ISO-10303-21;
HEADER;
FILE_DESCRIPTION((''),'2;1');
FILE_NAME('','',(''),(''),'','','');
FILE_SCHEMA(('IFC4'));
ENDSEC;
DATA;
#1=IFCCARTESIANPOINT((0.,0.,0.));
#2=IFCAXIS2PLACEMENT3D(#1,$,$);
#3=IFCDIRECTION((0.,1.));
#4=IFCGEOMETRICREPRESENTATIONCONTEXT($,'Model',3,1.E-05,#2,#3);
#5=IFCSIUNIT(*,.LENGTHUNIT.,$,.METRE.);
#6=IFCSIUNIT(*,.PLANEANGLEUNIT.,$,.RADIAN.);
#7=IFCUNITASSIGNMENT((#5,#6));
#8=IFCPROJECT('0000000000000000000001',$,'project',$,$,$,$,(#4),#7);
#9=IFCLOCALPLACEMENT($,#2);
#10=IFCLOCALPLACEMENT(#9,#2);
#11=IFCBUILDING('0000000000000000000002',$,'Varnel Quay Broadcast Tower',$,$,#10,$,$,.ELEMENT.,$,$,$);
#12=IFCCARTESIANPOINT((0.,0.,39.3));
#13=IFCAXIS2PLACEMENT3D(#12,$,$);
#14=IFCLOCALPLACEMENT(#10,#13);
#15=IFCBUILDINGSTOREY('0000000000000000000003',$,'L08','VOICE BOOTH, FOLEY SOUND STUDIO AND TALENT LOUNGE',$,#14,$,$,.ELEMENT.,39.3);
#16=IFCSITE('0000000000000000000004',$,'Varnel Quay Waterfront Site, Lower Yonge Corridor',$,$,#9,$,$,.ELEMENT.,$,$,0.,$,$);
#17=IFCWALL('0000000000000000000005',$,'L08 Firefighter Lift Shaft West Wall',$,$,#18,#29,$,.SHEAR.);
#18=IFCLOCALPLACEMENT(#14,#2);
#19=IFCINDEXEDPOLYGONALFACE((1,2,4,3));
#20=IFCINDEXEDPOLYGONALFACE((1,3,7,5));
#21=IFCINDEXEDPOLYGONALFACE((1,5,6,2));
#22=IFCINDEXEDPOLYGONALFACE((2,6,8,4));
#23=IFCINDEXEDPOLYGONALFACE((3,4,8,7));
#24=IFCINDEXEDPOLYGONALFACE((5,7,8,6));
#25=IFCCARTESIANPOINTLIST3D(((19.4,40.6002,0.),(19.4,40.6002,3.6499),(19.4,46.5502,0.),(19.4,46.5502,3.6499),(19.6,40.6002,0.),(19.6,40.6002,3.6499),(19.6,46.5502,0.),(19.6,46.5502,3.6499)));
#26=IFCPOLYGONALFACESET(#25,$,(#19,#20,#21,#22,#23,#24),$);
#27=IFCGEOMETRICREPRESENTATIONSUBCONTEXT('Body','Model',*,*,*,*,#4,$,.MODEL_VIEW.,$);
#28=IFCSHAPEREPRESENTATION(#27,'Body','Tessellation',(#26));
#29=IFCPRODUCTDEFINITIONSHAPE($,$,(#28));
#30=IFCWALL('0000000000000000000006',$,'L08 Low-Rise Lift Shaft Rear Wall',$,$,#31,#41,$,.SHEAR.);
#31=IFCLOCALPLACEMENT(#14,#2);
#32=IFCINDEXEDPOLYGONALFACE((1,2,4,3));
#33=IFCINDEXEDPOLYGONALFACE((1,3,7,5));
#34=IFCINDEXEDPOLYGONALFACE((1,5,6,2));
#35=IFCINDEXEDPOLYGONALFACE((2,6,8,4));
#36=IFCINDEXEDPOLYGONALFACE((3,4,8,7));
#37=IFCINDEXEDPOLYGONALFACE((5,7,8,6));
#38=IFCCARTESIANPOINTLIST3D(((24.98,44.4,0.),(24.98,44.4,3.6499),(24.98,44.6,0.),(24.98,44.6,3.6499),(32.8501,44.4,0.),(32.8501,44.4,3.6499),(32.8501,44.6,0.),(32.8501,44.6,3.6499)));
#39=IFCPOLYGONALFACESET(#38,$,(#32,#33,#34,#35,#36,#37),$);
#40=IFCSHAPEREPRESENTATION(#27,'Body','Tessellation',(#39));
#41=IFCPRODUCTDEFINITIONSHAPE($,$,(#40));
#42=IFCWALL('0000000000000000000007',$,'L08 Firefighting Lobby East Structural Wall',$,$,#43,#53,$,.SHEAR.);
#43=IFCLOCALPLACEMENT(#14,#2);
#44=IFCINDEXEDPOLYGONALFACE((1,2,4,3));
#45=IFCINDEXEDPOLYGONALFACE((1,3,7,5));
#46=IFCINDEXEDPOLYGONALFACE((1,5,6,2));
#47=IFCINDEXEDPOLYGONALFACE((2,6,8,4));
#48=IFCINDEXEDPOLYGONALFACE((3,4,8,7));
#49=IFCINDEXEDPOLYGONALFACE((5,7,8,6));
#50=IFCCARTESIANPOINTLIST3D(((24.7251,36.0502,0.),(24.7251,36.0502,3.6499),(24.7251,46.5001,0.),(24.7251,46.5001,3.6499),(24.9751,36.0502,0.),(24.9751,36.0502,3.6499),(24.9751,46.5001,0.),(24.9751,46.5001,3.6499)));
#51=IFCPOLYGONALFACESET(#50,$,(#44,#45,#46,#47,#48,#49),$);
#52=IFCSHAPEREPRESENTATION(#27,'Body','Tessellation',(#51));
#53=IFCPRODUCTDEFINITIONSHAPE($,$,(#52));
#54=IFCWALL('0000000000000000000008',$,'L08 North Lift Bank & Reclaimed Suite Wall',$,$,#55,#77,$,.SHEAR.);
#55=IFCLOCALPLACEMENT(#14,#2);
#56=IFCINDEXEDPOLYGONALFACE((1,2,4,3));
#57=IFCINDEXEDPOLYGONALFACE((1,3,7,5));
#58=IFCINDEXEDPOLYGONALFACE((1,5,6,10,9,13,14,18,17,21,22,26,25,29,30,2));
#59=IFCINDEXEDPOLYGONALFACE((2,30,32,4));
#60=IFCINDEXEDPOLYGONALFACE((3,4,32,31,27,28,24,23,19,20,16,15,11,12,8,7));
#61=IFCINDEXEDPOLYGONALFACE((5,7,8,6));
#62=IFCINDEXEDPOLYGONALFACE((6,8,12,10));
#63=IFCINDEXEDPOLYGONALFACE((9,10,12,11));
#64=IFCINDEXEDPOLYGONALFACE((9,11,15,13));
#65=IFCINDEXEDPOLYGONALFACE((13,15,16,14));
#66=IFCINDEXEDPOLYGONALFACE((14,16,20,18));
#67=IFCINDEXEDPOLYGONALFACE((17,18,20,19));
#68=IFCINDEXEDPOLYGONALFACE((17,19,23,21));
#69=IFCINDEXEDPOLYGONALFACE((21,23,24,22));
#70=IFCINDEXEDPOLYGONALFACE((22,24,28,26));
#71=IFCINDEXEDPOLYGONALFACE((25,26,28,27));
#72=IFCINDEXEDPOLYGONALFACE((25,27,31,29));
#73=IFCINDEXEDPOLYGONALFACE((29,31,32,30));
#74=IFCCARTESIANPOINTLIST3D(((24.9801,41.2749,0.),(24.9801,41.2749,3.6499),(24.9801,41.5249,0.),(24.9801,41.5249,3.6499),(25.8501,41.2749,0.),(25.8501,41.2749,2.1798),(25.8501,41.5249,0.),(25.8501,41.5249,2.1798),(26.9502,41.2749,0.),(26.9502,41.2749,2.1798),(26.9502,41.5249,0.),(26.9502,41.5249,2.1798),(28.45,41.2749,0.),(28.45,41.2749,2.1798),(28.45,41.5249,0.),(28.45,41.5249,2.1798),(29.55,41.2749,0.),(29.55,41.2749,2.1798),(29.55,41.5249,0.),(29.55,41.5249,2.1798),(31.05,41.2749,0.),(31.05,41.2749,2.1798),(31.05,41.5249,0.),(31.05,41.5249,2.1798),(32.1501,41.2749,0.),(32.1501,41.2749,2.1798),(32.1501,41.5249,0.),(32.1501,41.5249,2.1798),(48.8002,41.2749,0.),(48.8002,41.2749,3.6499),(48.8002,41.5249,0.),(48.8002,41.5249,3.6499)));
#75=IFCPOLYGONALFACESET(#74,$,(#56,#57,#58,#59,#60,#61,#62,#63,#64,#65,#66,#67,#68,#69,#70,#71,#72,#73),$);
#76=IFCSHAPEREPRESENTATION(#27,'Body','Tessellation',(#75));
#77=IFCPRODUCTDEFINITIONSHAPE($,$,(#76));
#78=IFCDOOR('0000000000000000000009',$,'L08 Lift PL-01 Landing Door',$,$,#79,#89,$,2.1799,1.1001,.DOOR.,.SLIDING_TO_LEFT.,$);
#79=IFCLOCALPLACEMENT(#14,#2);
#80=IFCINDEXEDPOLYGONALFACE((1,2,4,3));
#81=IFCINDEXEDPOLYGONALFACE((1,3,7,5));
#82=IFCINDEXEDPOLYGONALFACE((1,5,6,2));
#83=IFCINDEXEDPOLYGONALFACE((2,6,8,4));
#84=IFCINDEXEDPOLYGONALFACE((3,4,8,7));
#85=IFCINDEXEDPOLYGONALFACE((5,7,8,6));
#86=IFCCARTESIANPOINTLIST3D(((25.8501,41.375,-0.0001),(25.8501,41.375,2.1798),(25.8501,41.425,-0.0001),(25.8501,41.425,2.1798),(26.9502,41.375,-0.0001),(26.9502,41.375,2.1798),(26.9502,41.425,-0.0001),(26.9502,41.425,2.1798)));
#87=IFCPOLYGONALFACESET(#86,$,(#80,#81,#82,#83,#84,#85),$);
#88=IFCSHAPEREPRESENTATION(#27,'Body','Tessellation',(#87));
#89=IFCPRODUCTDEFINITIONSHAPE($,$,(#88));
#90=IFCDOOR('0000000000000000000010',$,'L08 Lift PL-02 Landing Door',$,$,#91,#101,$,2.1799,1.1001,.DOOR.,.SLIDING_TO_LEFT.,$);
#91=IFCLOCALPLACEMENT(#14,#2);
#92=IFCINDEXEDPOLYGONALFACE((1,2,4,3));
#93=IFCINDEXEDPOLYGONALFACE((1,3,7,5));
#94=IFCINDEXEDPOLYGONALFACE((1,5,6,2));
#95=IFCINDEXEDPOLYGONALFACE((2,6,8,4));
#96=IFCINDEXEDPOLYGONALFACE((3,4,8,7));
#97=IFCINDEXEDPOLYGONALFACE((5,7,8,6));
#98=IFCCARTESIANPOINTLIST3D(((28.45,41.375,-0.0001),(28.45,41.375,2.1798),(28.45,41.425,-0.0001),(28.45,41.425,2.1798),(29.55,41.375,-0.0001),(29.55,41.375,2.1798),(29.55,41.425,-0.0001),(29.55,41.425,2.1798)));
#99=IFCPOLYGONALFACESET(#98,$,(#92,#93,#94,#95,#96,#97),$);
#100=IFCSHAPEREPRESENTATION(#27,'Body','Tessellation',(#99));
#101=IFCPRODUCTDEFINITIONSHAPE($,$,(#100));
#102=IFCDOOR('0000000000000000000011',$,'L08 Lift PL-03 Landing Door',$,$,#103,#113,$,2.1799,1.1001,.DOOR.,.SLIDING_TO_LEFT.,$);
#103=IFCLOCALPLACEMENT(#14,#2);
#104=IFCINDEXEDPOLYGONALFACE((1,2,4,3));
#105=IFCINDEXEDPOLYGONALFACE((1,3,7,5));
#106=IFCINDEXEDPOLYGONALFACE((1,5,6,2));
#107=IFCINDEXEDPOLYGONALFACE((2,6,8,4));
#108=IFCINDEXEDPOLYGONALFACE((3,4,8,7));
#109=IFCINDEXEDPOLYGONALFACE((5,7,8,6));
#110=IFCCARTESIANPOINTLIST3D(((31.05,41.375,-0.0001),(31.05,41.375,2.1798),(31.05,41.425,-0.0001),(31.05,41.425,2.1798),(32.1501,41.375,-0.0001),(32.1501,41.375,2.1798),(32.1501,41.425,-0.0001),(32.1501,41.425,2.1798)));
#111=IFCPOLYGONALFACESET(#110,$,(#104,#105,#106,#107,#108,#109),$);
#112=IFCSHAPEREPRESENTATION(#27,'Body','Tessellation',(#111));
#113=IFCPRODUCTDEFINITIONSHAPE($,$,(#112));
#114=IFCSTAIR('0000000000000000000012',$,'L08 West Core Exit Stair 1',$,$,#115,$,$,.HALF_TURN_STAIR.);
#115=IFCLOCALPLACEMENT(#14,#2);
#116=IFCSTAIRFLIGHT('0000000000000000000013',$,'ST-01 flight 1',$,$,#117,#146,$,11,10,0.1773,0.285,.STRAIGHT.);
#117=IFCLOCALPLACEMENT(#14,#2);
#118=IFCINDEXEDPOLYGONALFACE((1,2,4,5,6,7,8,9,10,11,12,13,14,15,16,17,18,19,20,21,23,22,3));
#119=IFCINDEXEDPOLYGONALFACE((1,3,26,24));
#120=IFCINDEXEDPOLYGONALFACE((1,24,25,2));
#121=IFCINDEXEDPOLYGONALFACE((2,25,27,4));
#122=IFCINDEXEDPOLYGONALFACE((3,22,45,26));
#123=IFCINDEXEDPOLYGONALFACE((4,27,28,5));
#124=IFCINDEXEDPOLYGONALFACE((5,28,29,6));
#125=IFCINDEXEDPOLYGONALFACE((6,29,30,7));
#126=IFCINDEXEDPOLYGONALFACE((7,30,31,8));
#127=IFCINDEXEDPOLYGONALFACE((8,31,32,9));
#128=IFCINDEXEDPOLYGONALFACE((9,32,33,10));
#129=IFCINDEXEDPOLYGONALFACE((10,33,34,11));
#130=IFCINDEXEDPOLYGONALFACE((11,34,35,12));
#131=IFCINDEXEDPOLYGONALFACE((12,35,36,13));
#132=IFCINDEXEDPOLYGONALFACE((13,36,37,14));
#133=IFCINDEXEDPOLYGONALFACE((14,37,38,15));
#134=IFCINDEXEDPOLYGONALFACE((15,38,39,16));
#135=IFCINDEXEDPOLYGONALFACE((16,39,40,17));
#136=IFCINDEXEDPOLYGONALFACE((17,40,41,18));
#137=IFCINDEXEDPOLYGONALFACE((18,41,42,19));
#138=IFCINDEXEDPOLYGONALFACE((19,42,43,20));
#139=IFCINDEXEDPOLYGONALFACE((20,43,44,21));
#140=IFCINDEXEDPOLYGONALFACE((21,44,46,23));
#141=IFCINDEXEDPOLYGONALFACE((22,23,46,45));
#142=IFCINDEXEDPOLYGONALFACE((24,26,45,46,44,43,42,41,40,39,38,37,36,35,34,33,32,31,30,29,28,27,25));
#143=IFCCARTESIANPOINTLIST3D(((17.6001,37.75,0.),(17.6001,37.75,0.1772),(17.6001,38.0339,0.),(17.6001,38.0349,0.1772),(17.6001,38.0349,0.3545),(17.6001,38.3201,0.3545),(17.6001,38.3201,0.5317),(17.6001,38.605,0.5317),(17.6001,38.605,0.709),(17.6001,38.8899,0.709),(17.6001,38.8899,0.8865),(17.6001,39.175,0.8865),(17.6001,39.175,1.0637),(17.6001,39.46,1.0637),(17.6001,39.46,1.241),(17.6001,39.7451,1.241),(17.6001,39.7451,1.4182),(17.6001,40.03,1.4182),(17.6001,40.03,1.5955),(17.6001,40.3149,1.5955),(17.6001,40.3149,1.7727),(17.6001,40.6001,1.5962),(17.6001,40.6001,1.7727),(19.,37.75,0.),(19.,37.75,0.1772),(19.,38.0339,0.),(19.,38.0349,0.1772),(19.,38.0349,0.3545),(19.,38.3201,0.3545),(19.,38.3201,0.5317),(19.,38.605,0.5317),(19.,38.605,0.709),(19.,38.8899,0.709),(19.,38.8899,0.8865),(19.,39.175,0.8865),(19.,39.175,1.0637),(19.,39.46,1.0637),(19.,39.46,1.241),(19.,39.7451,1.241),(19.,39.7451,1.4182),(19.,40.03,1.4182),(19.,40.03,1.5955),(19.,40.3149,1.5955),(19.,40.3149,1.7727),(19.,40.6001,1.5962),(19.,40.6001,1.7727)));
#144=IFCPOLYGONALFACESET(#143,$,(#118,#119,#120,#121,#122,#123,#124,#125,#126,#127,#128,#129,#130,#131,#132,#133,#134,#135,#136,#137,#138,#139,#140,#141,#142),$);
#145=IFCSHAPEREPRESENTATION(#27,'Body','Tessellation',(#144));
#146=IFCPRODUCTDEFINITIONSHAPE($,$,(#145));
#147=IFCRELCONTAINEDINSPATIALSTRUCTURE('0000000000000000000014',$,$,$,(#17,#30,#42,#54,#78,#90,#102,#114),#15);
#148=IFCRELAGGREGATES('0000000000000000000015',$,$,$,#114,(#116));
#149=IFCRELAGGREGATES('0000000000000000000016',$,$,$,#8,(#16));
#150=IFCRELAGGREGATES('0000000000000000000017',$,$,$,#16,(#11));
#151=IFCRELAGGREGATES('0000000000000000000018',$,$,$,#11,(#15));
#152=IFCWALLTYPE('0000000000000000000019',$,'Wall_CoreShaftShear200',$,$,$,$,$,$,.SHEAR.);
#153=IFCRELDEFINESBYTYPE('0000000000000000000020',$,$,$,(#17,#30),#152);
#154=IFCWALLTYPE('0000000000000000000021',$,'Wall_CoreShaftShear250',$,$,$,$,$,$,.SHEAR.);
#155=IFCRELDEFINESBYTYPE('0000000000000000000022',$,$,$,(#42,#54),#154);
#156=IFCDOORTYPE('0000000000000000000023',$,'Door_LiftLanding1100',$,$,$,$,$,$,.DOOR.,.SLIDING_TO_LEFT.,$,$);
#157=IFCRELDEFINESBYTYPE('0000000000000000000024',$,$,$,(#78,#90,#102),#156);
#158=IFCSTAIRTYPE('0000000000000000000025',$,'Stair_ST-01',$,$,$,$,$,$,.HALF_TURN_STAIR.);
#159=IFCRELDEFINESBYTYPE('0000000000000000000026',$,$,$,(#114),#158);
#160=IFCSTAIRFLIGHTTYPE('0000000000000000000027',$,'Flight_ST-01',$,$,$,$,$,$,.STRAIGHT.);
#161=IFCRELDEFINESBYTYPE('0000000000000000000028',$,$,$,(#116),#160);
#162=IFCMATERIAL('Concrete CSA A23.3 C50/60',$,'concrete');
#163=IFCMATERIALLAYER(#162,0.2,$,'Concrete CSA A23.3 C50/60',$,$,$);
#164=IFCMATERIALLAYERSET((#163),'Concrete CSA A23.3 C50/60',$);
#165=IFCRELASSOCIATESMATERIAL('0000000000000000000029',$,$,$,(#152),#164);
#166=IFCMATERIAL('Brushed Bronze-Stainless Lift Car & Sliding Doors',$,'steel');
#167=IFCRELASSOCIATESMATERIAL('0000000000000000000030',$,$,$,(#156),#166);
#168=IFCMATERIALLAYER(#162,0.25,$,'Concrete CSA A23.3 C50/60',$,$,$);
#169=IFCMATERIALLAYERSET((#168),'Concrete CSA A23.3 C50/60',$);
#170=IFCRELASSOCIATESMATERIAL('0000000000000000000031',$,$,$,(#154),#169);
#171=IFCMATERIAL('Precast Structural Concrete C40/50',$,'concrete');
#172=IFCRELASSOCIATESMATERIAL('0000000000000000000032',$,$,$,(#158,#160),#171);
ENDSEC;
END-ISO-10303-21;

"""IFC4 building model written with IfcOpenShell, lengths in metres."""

from ifc_helpers import new_model, si_unit, direction, frame, frame_2d, origin, place, context, subcontext, project, spatial, polyline, rectangle, outline, extrude, source, transform, mapped, material, layer, layer_set, type_object, type_shapes, element, fill, aggregate, save


model = new_model("IFC4")

# Units and contexts
model_context = context("Model", 3, precision=1e-05, world=origin(), true_north=direction((0.0, 1.0)))
body_context = subcontext(model_context, "Body", "Model", "MODEL_VIEW")
ifc_project = project(units=[si_unit("LENGTHUNIT", "METRE"), si_unit("PLANEANGLEUNIT", "RADIAN")], contexts=[model_context])

# Site, building, storey
site_placement = place(None, origin())
site = spatial("IfcSite", under=ifc_project, at=site_placement, Name="Varnel Quay Waterfront Site, Lower Yonge Corridor", CompositionType="ELEMENT", RefElevation=0.0)
building_placement = place(site_placement, origin())
building = spatial("IfcBuilding", under=site, at=building_placement, Name="Varnel Quay Broadcast Tower", CompositionType="ELEMENT")
storey_placement = place(building_placement, frame((0.0, 0.0, 39.3)))
storey = spatial("IfcBuildingStorey", under=building, at=storey_placement, Name="L08", Description="VOICE BOOTH, FOLEY SOUND STUDIO AND TALENT LOUNGE", CompositionType="ELEMENT", Elevation=39.3)

# Shared definitions
ifc_material_1 = material(Name="Concrete CSA A23.3 C50/60", Category="concrete")
ifc_layer_1 = layer(ifc_material_1, 0.2, Name="Concrete CSA A23.3 C50/60")
ifc_layer_set_1 = layer_set([ifc_layer_1], Name="Concrete CSA A23.3 C50/60")
wall_type_1 = type_object("IfcWallType", Name="Wall_CoreShaftShear200", PredefinedType="SHEAR", material=ifc_layer_set_1)

# Shared definitions
ifc_material_2 = material(Name="Brushed Bronze-Stainless Lift Car & Sliding Doors", Category="steel")
door_type_1 = type_object("IfcDoorType", Name="Door_LiftLanding1100", OperationType="SLIDING_TO_LEFT", PredefinedType="DOOR", material=ifc_material_2)
shared_shape_1 = source(origin(), body_context, "Body", "SweptSolid", [
    extrude(rectangle(XDim=1.1001, YDim=2.1799, at=frame_2d((0.55, 1.0898))), frame((0.0, 0.0249, 0.0), z_axis=(0.0, -1.0, 0.0), x_axis=(1.0, 0.0, 0.0)), (0.0, 0.0, 1.0), 0.05),
])
type_shapes(door_type_1, [shared_shape_1])

# Walls
wall_1_placement = place(storey_placement, frame((19.5, 40.6001, 0.0), z_axis=(0.0, 0.0, 1.0), x_axis=(0.0, 1.0, 0.0)))
element("IfcWall", 1, at=wall_1_placement, inside=storey, type_object=wall_type_1, Name="L08 Firefighter Lift Shaft West Wall", PredefinedType="SHEAR", context=body_context, shape_type="SweptSolid", body=[
    extrude(rectangle(XDim=5.95, YDim=0.2, at=frame_2d((2.9751, 0.0))), origin(), (0.0, 0.0, 1.0), 3.6499),
])
wall_2_placement = place(storey_placement, frame((24.98, 44.5, 0.0), z_axis=(0.0, 0.0, 1.0), x_axis=(1.0, 0.0, 0.0)))
element("IfcWall", 2, at=wall_2_placement, inside=storey, type_object=wall_type_1, Name="L08 Low-Rise Lift Shaft Rear Wall", PredefinedType="SHEAR", context=body_context, shape_type="SweptSolid", body=[
    extrude(rectangle(XDim=7.8701, YDim=0.2, at=frame_2d((3.9351, 0.0))), origin(), (0.0, 0.0, 1.0), 3.6499),
])
ifc_layer_2 = layer(ifc_material_1, 0.25, Name="Concrete CSA A23.3 C50/60")
ifc_layer_set_2 = layer_set([ifc_layer_2], Name="Concrete CSA A23.3 C50/60")
wall_type_2 = type_object("IfcWallType", Name="Wall_CoreShaftShear250", PredefinedType="SHEAR", material=ifc_layer_set_2)
wall_3_placement = place(storey_placement, frame((24.8501, 36.05, 0.0), z_axis=(0.0, 0.0, 1.0), x_axis=(0.0, 1.0, 0.0)))
element("IfcWall", 3, at=wall_3_placement, inside=storey, type_object=wall_type_2, Name="L08 Firefighting Lobby East Structural Wall", PredefinedType="SHEAR", context=body_context, shape_type="SweptSolid", body=[
    extrude(rectangle(XDim=10.45, YDim=0.25, at=frame_2d((5.2251, 0.0))), origin(), (0.0, 0.0, 1.0), 3.6499),
])

# Wall, openings, doors
wall_4_placement = place(storey_placement, frame((24.98, 41.3999, 0.0), z_axis=(0.0, 0.0, 1.0), x_axis=(1.0, 0.0, 0.0)))
wall_4 = element("IfcWall", 4, at=wall_4_placement, inside=storey, type_object=wall_type_2, Name="L08 North Lift Bank & Reclaimed Suite Wall", PredefinedType="SHEAR", context=body_context, shape_type="SweptSolid", body=[
    extrude(rectangle(XDim=23.8201, YDim=0.25, at=frame_2d((11.9102, 0.0))), origin(), (0.0, 0.0, 1.0), 3.6499),
])
opening_1_placement = place(wall_4_placement, frame((0.8701, 0.0, 0.0)))
opening_1 = element("IfcOpeningElement", 5, at=opening_1_placement, cuts=wall_4, PredefinedType="OPENING", context=body_context, shape_type="SweptSolid", body=[
    extrude(rectangle(XDim=1.1001, YDim=2.1799, at=frame_2d((0.55, 1.0898))), frame((0.0, 0.135, 0.0), z_axis=(0.0, -1.0, 0.0), x_axis=(1.0, 0.0, 0.0)), (0.0, 0.0, 1.0), 0.27),
])
opening_2_placement = place(wall_4_placement, frame((3.47, 0.0, 0.0)))
opening_2 = element("IfcOpeningElement", 6, at=opening_2_placement, cuts=wall_4, PredefinedType="OPENING", context=body_context, shape_type="SweptSolid", body=[
    extrude(rectangle(XDim=1.1001, YDim=2.1799, at=frame_2d((0.55, 1.0898))), frame((0.0, 0.135, 0.0), z_axis=(0.0, -1.0, 0.0), x_axis=(1.0, 0.0, 0.0)), (0.0, 0.0, 1.0), 0.27),
])
opening_3_placement = place(wall_4_placement, frame((6.0701, 0.0, 0.0)))
opening_3 = element("IfcOpeningElement", 7, at=opening_3_placement, cuts=wall_4, PredefinedType="OPENING", context=body_context, shape_type="SweptSolid", body=[
    extrude(rectangle(XDim=1.1001, YDim=2.1799, at=frame_2d((0.55, 1.0898))), frame((0.0, 0.135, 0.0), z_axis=(0.0, -1.0, 0.0), x_axis=(1.0, 0.0, 0.0)), (0.0, 0.0, 1.0), 0.27),
])
door_1_placement = place(opening_1_placement, frame((1.1001, 0.0, 0.0), z_axis=(0.0, 0.0, 1.0), x_axis=(-1.0, 0.0, 0.0)))
door_1 = element("IfcDoor", 8, at=door_1_placement, inside=storey, type_object=door_type_1, Name="L08 Lift PL-01 Landing Door", OperationType="SLIDING_TO_LEFT", OverallHeight=2.1799, OverallWidth=1.1001, PredefinedType="DOOR", context=body_context, shape_type="MappedRepresentation", body=[
    mapped(shared_shape_1, transform((0.0, 0.0, 0.0), x_axis=(1.0, 0.0, 0.0), y_axis=(0.0, 1.0, 0.0), z_axis=(0.0, 0.0, 1.0), scale=1.0)),
])
fill(opening_1, door_1)
door_2_placement = place(opening_2_placement, frame((1.1001, 0.0, 0.0), z_axis=(0.0, 0.0, 1.0), x_axis=(-1.0, 0.0, 0.0)))
door_2 = element("IfcDoor", 9, at=door_2_placement, inside=storey, type_object=door_type_1, Name="L08 Lift PL-02 Landing Door", OperationType="SLIDING_TO_LEFT", OverallHeight=2.1799, OverallWidth=1.1001, PredefinedType="DOOR", context=body_context, shape_type="MappedRepresentation", body=[
    mapped(shared_shape_1, transform((0.0, 0.0, 0.0), x_axis=(1.0, 0.0, 0.0), y_axis=(0.0, 1.0, 0.0), z_axis=(0.0, 0.0, 1.0), scale=1.0)),
])
fill(opening_2, door_2)
door_3_placement = place(opening_3_placement, frame((1.1001, 0.0, 0.0), z_axis=(0.0, 0.0, 1.0), x_axis=(-1.0, 0.0, 0.0)))
door_3 = element("IfcDoor", 10, at=door_3_placement, inside=storey, type_object=door_type_1, Name="L08 Lift PL-03 Landing Door", OperationType="SLIDING_TO_LEFT", OverallHeight=2.1799, OverallWidth=1.1001, PredefinedType="DOOR", context=body_context, shape_type="MappedRepresentation", body=[
    mapped(shared_shape_1, transform((0.0, 0.0, 0.0), x_axis=(1.0, 0.0, 0.0), y_axis=(0.0, 1.0, 0.0), z_axis=(0.0, 0.0, 1.0), scale=1.0)),
])
fill(opening_3, door_3)

# Stair, stair flight
ifc_material_3 = material(Name="Precast Structural Concrete C40/50", Category="concrete")
stair_type = type_object("IfcStairType", Name="Stair_ST-01", PredefinedType="HALF_TURN_STAIR", material=ifc_material_3)
stair_placement = place(storey_placement, origin())
stair = element("IfcStair", 11, at=stair_placement, inside=storey, type_object=stair_type, Name="L08 West Core Exit Stair 1", PredefinedType="HALF_TURN_STAIR")
stair_flight_type = type_object("IfcStairFlightType", Name="Flight_ST-01", PredefinedType="STRAIGHT", material=ifc_material_3)
stair_flight_placement = place(storey_placement, frame((18.3, 37.75, 0.0), z_axis=(0.0, 0.0, 1.0), x_axis=(0.0, 1.0, 0.0)))
stair_flight = element("IfcStairFlight", 12, at=stair_flight_placement, type_object=stair_flight_type, Name="ST-01 flight 1", NumberOfRisers=11, NumberOfTreads=10, PredefinedType="STRAIGHT", RiserHeight=0.1773, TreadLength=0.285, context=body_context, shape_type="SweptSolid", body=[
    extrude(outline(polyline([(0.0, 0.0), (0.0, 0.1772), (0.2849, 0.1772), (0.2849, 0.3545), (0.5701, 0.3545), (0.5701, 0.5317), (0.855, 0.5317), (0.855, 0.709), (1.1399, 0.709), (1.1399, 0.8865), (1.425, 0.8865), (1.425, 1.0637), (1.71, 1.0637), (1.71, 1.241), (1.9951, 1.241), (1.9951, 1.4182), (2.28, 1.4182), (2.28, 1.5955), (2.5649, 1.5955), (2.5649, 1.7727), (2.8501, 1.7727), (2.8501, 1.95), (2.8501, 1.5962), (0.2839, 0.0), (0.0, 0.0)])), frame((0.0, 0.7, 0.0), z_axis=(0.0, -1.0, 0.0), x_axis=(1.0, 0.0, 0.0)), (0.0, 0.0, 1.0), 1.3999),
])
aggregate(stair, [stair_flight])

save(model, "model.ifc")
